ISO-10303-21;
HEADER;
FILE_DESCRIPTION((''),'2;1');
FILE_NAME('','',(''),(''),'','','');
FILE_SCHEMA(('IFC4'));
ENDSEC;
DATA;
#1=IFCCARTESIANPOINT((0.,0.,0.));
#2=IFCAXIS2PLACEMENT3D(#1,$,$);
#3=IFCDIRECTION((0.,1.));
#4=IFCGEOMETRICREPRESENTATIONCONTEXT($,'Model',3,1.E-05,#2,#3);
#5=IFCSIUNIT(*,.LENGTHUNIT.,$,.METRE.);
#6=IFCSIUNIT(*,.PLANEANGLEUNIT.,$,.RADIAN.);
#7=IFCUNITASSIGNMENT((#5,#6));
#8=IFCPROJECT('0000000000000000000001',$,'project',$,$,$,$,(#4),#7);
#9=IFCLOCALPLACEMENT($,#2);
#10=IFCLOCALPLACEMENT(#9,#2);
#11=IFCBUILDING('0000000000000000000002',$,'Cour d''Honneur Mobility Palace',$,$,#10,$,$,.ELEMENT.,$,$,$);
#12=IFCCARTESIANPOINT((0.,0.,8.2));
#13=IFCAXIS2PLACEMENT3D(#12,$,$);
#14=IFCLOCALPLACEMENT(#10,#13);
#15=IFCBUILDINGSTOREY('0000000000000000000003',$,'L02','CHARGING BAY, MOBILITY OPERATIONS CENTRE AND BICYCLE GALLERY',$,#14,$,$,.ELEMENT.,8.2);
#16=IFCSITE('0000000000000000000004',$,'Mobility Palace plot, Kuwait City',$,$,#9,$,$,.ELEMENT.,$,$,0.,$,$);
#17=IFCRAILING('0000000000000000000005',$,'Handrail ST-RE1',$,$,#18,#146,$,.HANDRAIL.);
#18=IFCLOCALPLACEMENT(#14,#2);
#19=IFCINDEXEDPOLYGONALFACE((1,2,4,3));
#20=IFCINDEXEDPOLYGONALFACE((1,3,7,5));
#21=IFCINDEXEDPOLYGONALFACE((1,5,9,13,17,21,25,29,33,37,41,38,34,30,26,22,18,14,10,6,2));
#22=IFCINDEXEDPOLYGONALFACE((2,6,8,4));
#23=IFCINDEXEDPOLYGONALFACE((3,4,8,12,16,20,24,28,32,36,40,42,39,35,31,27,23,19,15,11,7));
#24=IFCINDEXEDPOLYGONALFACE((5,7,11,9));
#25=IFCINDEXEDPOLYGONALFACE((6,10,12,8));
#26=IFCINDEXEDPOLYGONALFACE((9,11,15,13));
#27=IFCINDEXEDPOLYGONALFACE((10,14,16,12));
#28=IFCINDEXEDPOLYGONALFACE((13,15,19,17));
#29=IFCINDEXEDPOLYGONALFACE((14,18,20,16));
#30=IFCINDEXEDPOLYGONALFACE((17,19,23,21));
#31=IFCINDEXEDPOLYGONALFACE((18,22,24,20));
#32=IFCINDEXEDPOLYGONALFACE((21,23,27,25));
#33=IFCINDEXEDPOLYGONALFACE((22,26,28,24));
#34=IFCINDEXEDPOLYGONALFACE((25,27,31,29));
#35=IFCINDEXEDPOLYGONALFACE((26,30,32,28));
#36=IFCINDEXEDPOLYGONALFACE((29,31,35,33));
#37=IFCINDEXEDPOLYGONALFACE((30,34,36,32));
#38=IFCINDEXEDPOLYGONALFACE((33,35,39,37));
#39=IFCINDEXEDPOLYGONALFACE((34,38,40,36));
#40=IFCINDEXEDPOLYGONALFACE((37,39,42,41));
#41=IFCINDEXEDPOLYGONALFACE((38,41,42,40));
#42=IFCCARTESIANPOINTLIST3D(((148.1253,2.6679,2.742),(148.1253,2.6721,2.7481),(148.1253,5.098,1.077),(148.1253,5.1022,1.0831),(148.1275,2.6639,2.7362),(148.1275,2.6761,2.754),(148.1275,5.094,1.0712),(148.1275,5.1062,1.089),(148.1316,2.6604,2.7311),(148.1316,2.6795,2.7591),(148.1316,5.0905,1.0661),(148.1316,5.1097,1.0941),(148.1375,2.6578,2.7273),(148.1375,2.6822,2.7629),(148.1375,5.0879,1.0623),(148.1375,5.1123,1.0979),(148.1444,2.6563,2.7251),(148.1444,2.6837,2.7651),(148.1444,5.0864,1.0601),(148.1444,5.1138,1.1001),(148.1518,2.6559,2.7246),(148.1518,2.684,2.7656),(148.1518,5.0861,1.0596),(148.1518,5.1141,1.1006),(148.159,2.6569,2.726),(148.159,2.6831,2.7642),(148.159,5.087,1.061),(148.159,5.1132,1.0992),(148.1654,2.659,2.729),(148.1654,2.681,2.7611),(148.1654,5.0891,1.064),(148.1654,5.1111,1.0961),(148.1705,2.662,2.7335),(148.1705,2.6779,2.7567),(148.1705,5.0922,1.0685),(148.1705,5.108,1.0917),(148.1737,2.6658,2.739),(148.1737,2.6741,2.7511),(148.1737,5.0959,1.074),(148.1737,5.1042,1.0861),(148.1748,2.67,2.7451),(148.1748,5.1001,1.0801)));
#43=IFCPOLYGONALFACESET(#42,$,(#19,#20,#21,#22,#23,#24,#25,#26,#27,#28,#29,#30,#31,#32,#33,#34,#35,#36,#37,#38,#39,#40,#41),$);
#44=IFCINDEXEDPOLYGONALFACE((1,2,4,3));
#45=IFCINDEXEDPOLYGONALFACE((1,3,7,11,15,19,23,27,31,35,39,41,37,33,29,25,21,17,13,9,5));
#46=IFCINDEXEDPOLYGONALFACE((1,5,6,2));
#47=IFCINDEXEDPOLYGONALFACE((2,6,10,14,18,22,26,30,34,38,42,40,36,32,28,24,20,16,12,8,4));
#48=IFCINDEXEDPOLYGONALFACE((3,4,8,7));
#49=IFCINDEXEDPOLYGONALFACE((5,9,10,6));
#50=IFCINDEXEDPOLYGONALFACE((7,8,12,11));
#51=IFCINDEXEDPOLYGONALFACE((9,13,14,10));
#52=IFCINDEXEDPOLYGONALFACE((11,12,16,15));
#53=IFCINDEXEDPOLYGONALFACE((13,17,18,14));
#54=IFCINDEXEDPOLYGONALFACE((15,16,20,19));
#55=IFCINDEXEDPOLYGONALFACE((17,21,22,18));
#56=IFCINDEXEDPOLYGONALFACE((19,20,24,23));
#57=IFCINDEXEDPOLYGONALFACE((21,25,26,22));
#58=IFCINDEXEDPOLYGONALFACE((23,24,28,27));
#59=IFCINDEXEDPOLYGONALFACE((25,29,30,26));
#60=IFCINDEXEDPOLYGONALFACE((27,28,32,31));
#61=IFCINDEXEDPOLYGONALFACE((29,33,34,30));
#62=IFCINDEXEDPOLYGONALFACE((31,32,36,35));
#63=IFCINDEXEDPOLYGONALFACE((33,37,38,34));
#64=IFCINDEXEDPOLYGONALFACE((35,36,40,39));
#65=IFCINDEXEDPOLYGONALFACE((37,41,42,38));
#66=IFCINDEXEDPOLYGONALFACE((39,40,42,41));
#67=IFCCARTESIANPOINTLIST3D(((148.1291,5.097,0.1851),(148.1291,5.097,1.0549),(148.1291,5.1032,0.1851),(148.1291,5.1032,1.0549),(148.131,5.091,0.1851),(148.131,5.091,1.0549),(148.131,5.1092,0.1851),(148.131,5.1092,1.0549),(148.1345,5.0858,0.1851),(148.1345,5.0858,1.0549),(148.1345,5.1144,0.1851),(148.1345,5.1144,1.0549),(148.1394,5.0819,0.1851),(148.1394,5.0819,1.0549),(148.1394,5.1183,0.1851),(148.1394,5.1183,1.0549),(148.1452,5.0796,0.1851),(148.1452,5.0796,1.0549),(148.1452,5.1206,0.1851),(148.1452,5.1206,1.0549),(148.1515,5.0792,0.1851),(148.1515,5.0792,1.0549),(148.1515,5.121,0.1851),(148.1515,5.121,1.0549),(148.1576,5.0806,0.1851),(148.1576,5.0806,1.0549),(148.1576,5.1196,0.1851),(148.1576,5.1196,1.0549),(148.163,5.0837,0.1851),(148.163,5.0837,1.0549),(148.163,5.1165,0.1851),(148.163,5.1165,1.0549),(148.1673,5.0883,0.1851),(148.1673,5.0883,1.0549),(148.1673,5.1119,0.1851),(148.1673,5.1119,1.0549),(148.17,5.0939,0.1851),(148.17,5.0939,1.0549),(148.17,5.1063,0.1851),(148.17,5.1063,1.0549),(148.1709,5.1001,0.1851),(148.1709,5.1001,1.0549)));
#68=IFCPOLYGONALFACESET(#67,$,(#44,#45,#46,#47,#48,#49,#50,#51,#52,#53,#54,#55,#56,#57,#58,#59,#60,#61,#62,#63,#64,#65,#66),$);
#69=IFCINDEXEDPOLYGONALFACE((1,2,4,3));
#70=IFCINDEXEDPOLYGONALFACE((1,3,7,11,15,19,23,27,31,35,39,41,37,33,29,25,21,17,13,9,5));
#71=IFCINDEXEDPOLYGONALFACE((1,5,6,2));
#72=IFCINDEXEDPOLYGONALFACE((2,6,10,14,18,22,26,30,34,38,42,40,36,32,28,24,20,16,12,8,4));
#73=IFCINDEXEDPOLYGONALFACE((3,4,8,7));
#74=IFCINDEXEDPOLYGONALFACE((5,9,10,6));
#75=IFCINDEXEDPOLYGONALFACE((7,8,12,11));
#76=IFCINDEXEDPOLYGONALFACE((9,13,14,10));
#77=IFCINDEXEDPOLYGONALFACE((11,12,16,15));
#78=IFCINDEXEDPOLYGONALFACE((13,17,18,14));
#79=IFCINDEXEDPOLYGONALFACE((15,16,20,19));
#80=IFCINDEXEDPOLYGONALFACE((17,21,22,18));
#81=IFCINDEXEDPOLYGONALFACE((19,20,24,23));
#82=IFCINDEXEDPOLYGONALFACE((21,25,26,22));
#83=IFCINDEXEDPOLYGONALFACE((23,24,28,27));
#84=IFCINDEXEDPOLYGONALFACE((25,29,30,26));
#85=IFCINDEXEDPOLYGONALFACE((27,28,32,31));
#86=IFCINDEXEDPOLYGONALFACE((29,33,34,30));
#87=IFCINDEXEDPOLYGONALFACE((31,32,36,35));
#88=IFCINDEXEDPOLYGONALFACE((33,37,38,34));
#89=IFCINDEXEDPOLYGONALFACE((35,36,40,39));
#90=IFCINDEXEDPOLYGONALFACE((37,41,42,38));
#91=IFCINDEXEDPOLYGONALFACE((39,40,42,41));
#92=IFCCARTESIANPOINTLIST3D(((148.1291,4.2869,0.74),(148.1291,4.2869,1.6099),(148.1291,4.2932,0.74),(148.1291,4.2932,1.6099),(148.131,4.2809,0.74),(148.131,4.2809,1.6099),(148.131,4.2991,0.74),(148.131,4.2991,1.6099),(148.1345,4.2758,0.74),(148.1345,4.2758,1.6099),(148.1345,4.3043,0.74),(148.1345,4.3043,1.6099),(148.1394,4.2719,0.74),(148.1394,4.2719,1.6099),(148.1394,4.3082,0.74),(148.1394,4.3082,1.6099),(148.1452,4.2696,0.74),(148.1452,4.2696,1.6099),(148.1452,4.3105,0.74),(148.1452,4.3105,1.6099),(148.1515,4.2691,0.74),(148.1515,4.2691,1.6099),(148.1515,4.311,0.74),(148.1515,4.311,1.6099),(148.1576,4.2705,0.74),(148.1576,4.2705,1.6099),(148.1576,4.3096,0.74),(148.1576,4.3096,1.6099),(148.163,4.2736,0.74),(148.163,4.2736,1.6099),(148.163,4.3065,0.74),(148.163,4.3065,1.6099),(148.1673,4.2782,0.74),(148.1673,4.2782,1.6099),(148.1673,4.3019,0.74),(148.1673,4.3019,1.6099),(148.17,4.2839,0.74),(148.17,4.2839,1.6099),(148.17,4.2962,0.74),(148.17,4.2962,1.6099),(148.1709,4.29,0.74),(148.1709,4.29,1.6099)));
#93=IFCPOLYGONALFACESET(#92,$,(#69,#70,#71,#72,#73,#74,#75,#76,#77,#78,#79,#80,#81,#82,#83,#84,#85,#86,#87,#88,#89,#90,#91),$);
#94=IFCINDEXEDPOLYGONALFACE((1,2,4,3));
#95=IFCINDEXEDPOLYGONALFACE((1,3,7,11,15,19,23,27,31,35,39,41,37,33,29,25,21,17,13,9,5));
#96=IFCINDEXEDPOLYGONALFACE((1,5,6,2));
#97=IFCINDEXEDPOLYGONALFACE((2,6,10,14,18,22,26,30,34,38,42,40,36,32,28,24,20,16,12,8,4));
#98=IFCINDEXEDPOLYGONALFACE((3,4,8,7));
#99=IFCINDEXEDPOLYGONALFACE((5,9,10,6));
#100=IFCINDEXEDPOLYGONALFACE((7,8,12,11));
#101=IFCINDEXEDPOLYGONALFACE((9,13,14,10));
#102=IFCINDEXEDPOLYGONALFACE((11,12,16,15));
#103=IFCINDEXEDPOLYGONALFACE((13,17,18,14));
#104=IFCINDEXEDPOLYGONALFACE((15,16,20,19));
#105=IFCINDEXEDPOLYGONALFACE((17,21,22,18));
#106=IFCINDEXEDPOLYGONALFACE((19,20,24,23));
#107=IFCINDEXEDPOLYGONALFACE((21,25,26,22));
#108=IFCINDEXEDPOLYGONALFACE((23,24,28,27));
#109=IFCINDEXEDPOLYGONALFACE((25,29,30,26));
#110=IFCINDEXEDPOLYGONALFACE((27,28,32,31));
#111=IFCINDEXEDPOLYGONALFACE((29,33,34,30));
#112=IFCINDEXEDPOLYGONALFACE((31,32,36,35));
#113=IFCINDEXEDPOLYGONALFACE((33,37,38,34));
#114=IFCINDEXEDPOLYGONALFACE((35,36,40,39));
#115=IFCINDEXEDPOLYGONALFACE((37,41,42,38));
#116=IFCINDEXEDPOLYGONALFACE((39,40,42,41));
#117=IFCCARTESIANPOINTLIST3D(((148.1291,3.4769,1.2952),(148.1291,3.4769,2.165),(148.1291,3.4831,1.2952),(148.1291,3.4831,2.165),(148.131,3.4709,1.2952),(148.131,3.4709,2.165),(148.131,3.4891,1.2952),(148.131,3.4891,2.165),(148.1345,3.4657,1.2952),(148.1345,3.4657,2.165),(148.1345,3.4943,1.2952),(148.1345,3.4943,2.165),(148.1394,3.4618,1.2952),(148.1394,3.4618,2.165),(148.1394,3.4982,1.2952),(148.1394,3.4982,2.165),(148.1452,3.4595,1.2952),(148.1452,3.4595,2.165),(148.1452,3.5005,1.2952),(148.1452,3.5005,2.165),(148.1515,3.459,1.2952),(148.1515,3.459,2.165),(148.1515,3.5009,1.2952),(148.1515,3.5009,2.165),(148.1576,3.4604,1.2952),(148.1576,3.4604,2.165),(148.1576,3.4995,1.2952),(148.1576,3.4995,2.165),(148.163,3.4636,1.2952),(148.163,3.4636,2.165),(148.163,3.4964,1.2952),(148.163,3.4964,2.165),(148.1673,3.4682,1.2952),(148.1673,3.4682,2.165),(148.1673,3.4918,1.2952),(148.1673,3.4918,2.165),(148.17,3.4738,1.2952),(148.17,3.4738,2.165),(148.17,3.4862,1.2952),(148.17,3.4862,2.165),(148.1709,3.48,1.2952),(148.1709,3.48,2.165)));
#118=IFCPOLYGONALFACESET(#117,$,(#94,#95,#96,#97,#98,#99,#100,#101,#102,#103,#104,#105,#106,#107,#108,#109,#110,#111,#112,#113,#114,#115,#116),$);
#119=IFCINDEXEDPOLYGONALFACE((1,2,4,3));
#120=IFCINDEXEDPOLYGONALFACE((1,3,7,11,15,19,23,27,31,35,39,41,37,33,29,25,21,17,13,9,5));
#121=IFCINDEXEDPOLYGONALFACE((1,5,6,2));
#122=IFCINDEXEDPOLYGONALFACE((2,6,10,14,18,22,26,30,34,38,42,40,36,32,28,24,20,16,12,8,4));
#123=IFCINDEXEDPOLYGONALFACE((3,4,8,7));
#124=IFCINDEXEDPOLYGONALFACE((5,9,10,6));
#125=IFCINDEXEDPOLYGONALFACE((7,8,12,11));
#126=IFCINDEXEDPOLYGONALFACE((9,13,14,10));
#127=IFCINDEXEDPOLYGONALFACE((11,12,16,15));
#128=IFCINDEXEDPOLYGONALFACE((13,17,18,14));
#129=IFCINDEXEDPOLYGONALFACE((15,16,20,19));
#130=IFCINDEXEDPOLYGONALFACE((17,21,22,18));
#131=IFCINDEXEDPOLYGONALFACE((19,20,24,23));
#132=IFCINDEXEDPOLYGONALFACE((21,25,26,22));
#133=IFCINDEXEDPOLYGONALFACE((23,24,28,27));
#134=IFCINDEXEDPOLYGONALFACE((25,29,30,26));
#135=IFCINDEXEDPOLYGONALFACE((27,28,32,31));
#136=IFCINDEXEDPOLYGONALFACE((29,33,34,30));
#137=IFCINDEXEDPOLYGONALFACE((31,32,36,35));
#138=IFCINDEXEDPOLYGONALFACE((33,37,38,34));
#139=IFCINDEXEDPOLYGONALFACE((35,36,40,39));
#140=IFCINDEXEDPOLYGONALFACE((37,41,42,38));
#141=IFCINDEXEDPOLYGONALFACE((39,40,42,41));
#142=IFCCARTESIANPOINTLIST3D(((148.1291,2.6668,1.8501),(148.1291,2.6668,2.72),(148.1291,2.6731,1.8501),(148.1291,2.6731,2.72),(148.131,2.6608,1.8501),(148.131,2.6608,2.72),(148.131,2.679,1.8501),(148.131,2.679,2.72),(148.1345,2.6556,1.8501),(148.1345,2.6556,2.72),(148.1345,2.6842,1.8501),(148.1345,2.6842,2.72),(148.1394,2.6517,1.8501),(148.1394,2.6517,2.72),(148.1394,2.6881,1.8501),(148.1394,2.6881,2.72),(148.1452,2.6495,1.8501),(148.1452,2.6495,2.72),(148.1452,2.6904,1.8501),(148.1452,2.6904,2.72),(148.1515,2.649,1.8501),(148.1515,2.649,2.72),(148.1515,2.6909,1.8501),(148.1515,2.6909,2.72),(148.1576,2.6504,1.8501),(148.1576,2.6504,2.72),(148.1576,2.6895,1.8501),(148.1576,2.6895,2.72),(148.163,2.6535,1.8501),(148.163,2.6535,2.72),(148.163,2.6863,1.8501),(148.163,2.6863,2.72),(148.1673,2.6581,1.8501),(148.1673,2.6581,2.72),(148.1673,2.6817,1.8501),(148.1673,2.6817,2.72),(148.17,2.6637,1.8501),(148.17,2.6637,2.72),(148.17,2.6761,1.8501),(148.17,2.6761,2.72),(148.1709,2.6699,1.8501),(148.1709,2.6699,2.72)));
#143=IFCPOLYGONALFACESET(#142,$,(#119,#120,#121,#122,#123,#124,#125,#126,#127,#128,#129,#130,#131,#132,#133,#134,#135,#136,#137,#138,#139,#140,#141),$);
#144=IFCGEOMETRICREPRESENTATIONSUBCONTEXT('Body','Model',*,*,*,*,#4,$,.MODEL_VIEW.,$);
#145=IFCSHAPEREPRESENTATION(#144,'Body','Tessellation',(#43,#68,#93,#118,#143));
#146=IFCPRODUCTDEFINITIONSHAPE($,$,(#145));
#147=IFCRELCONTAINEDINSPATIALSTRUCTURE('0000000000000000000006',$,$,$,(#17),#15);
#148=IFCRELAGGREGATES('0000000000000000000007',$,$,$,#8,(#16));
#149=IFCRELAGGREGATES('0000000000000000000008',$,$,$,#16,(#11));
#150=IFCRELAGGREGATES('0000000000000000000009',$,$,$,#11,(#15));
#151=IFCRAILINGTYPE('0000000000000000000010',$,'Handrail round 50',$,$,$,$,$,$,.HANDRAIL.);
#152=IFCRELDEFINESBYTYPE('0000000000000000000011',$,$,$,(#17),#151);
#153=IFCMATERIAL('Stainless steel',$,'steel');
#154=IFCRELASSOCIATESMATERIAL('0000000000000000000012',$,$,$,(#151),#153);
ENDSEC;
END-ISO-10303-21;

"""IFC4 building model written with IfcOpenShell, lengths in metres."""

from ifc_helpers import new_model, si_unit, direction, frame, origin, origin_2d, place, context, subcontext, project, spatial, circle, extrude, material, type_object, element, save


model = new_model("IFC4")

# Units and contexts
model_context = context("Model", 3, precision=1e-05, world=origin(), true_north=direction((0.0, 1.0)))
body_context = subcontext(model_context, "Body", "Model", "MODEL_VIEW")
ifc_project = project(units=[si_unit("LENGTHUNIT", "METRE"), si_unit("PLANEANGLEUNIT", "RADIAN")], contexts=[model_context])

# Site, building, storey
site_placement = place(None, origin())
site = spatial("IfcSite", under=ifc_project, at=site_placement, Name="Mobility Palace plot, Kuwait City", CompositionType="ELEMENT", RefElevation=0.0)
building_placement = place(site_placement, origin())
building = spatial("IfcBuilding", under=site, at=building_placement, Name="Cour d'Honneur Mobility Palace", CompositionType="ELEMENT")
storey_placement = place(building_placement, frame((0.0, 0.0, 8.2)))
storey = spatial("IfcBuildingStorey", under=building, at=storey_placement, Name="L02", Description="CHARGING BAY, MOBILITY OPERATIONS CENTRE AND BICYCLE GALLERY", CompositionType="ELEMENT", Elevation=8.2)

# Railing
ifc_material_1 = material(Name="Stainless steel", Category="steel")
railing_type_1 = type_object("IfcRailingType", Name="Handrail round 50", PredefinedType="HANDRAIL", material=ifc_material_1)
for number, where, name in (
    (1, (148.1499, 5.1001, 0.1851), "Handrail ST-RE1"),
):
    element("IfcRailing", number, at=place(storey_placement, frame(where)), inside=storey, type_object=railing_type_1, Name=name, PredefinedType="HANDRAIL", context=body_context, shape_type="SweptSolid", body=[
        extrude(circle(Radius=0.0249, at=origin_2d()), frame((0.0, 0.0, 0.895), z_axis=(0.0, -0.824945, 0.565213), x_axis=(1.0, 0.0, 0.0)), (0.0, 0.0, 1.0), 2.9458),
        extrude(circle(Radius=0.021, at=origin_2d()), origin(), (0.0, 0.0, 1.0), 0.8699),
        extrude(circle(Radius=0.021, at=origin_2d()), frame((0.0, -0.8101, 0.5549)), (0.0, 0.0, 1.0), 0.8699),
        extrude(circle(Radius=0.021, at=origin_2d()), frame((0.0, -1.6201, 1.1101)), (0.0, 0.0, 1.0), 0.8699),
        extrude(circle(Radius=0.021, at=origin_2d()), frame((0.0, -2.4302, 1.665)), (0.0, 0.0, 1.0), 0.8699),
    ])

save(model, "model.ifc")
